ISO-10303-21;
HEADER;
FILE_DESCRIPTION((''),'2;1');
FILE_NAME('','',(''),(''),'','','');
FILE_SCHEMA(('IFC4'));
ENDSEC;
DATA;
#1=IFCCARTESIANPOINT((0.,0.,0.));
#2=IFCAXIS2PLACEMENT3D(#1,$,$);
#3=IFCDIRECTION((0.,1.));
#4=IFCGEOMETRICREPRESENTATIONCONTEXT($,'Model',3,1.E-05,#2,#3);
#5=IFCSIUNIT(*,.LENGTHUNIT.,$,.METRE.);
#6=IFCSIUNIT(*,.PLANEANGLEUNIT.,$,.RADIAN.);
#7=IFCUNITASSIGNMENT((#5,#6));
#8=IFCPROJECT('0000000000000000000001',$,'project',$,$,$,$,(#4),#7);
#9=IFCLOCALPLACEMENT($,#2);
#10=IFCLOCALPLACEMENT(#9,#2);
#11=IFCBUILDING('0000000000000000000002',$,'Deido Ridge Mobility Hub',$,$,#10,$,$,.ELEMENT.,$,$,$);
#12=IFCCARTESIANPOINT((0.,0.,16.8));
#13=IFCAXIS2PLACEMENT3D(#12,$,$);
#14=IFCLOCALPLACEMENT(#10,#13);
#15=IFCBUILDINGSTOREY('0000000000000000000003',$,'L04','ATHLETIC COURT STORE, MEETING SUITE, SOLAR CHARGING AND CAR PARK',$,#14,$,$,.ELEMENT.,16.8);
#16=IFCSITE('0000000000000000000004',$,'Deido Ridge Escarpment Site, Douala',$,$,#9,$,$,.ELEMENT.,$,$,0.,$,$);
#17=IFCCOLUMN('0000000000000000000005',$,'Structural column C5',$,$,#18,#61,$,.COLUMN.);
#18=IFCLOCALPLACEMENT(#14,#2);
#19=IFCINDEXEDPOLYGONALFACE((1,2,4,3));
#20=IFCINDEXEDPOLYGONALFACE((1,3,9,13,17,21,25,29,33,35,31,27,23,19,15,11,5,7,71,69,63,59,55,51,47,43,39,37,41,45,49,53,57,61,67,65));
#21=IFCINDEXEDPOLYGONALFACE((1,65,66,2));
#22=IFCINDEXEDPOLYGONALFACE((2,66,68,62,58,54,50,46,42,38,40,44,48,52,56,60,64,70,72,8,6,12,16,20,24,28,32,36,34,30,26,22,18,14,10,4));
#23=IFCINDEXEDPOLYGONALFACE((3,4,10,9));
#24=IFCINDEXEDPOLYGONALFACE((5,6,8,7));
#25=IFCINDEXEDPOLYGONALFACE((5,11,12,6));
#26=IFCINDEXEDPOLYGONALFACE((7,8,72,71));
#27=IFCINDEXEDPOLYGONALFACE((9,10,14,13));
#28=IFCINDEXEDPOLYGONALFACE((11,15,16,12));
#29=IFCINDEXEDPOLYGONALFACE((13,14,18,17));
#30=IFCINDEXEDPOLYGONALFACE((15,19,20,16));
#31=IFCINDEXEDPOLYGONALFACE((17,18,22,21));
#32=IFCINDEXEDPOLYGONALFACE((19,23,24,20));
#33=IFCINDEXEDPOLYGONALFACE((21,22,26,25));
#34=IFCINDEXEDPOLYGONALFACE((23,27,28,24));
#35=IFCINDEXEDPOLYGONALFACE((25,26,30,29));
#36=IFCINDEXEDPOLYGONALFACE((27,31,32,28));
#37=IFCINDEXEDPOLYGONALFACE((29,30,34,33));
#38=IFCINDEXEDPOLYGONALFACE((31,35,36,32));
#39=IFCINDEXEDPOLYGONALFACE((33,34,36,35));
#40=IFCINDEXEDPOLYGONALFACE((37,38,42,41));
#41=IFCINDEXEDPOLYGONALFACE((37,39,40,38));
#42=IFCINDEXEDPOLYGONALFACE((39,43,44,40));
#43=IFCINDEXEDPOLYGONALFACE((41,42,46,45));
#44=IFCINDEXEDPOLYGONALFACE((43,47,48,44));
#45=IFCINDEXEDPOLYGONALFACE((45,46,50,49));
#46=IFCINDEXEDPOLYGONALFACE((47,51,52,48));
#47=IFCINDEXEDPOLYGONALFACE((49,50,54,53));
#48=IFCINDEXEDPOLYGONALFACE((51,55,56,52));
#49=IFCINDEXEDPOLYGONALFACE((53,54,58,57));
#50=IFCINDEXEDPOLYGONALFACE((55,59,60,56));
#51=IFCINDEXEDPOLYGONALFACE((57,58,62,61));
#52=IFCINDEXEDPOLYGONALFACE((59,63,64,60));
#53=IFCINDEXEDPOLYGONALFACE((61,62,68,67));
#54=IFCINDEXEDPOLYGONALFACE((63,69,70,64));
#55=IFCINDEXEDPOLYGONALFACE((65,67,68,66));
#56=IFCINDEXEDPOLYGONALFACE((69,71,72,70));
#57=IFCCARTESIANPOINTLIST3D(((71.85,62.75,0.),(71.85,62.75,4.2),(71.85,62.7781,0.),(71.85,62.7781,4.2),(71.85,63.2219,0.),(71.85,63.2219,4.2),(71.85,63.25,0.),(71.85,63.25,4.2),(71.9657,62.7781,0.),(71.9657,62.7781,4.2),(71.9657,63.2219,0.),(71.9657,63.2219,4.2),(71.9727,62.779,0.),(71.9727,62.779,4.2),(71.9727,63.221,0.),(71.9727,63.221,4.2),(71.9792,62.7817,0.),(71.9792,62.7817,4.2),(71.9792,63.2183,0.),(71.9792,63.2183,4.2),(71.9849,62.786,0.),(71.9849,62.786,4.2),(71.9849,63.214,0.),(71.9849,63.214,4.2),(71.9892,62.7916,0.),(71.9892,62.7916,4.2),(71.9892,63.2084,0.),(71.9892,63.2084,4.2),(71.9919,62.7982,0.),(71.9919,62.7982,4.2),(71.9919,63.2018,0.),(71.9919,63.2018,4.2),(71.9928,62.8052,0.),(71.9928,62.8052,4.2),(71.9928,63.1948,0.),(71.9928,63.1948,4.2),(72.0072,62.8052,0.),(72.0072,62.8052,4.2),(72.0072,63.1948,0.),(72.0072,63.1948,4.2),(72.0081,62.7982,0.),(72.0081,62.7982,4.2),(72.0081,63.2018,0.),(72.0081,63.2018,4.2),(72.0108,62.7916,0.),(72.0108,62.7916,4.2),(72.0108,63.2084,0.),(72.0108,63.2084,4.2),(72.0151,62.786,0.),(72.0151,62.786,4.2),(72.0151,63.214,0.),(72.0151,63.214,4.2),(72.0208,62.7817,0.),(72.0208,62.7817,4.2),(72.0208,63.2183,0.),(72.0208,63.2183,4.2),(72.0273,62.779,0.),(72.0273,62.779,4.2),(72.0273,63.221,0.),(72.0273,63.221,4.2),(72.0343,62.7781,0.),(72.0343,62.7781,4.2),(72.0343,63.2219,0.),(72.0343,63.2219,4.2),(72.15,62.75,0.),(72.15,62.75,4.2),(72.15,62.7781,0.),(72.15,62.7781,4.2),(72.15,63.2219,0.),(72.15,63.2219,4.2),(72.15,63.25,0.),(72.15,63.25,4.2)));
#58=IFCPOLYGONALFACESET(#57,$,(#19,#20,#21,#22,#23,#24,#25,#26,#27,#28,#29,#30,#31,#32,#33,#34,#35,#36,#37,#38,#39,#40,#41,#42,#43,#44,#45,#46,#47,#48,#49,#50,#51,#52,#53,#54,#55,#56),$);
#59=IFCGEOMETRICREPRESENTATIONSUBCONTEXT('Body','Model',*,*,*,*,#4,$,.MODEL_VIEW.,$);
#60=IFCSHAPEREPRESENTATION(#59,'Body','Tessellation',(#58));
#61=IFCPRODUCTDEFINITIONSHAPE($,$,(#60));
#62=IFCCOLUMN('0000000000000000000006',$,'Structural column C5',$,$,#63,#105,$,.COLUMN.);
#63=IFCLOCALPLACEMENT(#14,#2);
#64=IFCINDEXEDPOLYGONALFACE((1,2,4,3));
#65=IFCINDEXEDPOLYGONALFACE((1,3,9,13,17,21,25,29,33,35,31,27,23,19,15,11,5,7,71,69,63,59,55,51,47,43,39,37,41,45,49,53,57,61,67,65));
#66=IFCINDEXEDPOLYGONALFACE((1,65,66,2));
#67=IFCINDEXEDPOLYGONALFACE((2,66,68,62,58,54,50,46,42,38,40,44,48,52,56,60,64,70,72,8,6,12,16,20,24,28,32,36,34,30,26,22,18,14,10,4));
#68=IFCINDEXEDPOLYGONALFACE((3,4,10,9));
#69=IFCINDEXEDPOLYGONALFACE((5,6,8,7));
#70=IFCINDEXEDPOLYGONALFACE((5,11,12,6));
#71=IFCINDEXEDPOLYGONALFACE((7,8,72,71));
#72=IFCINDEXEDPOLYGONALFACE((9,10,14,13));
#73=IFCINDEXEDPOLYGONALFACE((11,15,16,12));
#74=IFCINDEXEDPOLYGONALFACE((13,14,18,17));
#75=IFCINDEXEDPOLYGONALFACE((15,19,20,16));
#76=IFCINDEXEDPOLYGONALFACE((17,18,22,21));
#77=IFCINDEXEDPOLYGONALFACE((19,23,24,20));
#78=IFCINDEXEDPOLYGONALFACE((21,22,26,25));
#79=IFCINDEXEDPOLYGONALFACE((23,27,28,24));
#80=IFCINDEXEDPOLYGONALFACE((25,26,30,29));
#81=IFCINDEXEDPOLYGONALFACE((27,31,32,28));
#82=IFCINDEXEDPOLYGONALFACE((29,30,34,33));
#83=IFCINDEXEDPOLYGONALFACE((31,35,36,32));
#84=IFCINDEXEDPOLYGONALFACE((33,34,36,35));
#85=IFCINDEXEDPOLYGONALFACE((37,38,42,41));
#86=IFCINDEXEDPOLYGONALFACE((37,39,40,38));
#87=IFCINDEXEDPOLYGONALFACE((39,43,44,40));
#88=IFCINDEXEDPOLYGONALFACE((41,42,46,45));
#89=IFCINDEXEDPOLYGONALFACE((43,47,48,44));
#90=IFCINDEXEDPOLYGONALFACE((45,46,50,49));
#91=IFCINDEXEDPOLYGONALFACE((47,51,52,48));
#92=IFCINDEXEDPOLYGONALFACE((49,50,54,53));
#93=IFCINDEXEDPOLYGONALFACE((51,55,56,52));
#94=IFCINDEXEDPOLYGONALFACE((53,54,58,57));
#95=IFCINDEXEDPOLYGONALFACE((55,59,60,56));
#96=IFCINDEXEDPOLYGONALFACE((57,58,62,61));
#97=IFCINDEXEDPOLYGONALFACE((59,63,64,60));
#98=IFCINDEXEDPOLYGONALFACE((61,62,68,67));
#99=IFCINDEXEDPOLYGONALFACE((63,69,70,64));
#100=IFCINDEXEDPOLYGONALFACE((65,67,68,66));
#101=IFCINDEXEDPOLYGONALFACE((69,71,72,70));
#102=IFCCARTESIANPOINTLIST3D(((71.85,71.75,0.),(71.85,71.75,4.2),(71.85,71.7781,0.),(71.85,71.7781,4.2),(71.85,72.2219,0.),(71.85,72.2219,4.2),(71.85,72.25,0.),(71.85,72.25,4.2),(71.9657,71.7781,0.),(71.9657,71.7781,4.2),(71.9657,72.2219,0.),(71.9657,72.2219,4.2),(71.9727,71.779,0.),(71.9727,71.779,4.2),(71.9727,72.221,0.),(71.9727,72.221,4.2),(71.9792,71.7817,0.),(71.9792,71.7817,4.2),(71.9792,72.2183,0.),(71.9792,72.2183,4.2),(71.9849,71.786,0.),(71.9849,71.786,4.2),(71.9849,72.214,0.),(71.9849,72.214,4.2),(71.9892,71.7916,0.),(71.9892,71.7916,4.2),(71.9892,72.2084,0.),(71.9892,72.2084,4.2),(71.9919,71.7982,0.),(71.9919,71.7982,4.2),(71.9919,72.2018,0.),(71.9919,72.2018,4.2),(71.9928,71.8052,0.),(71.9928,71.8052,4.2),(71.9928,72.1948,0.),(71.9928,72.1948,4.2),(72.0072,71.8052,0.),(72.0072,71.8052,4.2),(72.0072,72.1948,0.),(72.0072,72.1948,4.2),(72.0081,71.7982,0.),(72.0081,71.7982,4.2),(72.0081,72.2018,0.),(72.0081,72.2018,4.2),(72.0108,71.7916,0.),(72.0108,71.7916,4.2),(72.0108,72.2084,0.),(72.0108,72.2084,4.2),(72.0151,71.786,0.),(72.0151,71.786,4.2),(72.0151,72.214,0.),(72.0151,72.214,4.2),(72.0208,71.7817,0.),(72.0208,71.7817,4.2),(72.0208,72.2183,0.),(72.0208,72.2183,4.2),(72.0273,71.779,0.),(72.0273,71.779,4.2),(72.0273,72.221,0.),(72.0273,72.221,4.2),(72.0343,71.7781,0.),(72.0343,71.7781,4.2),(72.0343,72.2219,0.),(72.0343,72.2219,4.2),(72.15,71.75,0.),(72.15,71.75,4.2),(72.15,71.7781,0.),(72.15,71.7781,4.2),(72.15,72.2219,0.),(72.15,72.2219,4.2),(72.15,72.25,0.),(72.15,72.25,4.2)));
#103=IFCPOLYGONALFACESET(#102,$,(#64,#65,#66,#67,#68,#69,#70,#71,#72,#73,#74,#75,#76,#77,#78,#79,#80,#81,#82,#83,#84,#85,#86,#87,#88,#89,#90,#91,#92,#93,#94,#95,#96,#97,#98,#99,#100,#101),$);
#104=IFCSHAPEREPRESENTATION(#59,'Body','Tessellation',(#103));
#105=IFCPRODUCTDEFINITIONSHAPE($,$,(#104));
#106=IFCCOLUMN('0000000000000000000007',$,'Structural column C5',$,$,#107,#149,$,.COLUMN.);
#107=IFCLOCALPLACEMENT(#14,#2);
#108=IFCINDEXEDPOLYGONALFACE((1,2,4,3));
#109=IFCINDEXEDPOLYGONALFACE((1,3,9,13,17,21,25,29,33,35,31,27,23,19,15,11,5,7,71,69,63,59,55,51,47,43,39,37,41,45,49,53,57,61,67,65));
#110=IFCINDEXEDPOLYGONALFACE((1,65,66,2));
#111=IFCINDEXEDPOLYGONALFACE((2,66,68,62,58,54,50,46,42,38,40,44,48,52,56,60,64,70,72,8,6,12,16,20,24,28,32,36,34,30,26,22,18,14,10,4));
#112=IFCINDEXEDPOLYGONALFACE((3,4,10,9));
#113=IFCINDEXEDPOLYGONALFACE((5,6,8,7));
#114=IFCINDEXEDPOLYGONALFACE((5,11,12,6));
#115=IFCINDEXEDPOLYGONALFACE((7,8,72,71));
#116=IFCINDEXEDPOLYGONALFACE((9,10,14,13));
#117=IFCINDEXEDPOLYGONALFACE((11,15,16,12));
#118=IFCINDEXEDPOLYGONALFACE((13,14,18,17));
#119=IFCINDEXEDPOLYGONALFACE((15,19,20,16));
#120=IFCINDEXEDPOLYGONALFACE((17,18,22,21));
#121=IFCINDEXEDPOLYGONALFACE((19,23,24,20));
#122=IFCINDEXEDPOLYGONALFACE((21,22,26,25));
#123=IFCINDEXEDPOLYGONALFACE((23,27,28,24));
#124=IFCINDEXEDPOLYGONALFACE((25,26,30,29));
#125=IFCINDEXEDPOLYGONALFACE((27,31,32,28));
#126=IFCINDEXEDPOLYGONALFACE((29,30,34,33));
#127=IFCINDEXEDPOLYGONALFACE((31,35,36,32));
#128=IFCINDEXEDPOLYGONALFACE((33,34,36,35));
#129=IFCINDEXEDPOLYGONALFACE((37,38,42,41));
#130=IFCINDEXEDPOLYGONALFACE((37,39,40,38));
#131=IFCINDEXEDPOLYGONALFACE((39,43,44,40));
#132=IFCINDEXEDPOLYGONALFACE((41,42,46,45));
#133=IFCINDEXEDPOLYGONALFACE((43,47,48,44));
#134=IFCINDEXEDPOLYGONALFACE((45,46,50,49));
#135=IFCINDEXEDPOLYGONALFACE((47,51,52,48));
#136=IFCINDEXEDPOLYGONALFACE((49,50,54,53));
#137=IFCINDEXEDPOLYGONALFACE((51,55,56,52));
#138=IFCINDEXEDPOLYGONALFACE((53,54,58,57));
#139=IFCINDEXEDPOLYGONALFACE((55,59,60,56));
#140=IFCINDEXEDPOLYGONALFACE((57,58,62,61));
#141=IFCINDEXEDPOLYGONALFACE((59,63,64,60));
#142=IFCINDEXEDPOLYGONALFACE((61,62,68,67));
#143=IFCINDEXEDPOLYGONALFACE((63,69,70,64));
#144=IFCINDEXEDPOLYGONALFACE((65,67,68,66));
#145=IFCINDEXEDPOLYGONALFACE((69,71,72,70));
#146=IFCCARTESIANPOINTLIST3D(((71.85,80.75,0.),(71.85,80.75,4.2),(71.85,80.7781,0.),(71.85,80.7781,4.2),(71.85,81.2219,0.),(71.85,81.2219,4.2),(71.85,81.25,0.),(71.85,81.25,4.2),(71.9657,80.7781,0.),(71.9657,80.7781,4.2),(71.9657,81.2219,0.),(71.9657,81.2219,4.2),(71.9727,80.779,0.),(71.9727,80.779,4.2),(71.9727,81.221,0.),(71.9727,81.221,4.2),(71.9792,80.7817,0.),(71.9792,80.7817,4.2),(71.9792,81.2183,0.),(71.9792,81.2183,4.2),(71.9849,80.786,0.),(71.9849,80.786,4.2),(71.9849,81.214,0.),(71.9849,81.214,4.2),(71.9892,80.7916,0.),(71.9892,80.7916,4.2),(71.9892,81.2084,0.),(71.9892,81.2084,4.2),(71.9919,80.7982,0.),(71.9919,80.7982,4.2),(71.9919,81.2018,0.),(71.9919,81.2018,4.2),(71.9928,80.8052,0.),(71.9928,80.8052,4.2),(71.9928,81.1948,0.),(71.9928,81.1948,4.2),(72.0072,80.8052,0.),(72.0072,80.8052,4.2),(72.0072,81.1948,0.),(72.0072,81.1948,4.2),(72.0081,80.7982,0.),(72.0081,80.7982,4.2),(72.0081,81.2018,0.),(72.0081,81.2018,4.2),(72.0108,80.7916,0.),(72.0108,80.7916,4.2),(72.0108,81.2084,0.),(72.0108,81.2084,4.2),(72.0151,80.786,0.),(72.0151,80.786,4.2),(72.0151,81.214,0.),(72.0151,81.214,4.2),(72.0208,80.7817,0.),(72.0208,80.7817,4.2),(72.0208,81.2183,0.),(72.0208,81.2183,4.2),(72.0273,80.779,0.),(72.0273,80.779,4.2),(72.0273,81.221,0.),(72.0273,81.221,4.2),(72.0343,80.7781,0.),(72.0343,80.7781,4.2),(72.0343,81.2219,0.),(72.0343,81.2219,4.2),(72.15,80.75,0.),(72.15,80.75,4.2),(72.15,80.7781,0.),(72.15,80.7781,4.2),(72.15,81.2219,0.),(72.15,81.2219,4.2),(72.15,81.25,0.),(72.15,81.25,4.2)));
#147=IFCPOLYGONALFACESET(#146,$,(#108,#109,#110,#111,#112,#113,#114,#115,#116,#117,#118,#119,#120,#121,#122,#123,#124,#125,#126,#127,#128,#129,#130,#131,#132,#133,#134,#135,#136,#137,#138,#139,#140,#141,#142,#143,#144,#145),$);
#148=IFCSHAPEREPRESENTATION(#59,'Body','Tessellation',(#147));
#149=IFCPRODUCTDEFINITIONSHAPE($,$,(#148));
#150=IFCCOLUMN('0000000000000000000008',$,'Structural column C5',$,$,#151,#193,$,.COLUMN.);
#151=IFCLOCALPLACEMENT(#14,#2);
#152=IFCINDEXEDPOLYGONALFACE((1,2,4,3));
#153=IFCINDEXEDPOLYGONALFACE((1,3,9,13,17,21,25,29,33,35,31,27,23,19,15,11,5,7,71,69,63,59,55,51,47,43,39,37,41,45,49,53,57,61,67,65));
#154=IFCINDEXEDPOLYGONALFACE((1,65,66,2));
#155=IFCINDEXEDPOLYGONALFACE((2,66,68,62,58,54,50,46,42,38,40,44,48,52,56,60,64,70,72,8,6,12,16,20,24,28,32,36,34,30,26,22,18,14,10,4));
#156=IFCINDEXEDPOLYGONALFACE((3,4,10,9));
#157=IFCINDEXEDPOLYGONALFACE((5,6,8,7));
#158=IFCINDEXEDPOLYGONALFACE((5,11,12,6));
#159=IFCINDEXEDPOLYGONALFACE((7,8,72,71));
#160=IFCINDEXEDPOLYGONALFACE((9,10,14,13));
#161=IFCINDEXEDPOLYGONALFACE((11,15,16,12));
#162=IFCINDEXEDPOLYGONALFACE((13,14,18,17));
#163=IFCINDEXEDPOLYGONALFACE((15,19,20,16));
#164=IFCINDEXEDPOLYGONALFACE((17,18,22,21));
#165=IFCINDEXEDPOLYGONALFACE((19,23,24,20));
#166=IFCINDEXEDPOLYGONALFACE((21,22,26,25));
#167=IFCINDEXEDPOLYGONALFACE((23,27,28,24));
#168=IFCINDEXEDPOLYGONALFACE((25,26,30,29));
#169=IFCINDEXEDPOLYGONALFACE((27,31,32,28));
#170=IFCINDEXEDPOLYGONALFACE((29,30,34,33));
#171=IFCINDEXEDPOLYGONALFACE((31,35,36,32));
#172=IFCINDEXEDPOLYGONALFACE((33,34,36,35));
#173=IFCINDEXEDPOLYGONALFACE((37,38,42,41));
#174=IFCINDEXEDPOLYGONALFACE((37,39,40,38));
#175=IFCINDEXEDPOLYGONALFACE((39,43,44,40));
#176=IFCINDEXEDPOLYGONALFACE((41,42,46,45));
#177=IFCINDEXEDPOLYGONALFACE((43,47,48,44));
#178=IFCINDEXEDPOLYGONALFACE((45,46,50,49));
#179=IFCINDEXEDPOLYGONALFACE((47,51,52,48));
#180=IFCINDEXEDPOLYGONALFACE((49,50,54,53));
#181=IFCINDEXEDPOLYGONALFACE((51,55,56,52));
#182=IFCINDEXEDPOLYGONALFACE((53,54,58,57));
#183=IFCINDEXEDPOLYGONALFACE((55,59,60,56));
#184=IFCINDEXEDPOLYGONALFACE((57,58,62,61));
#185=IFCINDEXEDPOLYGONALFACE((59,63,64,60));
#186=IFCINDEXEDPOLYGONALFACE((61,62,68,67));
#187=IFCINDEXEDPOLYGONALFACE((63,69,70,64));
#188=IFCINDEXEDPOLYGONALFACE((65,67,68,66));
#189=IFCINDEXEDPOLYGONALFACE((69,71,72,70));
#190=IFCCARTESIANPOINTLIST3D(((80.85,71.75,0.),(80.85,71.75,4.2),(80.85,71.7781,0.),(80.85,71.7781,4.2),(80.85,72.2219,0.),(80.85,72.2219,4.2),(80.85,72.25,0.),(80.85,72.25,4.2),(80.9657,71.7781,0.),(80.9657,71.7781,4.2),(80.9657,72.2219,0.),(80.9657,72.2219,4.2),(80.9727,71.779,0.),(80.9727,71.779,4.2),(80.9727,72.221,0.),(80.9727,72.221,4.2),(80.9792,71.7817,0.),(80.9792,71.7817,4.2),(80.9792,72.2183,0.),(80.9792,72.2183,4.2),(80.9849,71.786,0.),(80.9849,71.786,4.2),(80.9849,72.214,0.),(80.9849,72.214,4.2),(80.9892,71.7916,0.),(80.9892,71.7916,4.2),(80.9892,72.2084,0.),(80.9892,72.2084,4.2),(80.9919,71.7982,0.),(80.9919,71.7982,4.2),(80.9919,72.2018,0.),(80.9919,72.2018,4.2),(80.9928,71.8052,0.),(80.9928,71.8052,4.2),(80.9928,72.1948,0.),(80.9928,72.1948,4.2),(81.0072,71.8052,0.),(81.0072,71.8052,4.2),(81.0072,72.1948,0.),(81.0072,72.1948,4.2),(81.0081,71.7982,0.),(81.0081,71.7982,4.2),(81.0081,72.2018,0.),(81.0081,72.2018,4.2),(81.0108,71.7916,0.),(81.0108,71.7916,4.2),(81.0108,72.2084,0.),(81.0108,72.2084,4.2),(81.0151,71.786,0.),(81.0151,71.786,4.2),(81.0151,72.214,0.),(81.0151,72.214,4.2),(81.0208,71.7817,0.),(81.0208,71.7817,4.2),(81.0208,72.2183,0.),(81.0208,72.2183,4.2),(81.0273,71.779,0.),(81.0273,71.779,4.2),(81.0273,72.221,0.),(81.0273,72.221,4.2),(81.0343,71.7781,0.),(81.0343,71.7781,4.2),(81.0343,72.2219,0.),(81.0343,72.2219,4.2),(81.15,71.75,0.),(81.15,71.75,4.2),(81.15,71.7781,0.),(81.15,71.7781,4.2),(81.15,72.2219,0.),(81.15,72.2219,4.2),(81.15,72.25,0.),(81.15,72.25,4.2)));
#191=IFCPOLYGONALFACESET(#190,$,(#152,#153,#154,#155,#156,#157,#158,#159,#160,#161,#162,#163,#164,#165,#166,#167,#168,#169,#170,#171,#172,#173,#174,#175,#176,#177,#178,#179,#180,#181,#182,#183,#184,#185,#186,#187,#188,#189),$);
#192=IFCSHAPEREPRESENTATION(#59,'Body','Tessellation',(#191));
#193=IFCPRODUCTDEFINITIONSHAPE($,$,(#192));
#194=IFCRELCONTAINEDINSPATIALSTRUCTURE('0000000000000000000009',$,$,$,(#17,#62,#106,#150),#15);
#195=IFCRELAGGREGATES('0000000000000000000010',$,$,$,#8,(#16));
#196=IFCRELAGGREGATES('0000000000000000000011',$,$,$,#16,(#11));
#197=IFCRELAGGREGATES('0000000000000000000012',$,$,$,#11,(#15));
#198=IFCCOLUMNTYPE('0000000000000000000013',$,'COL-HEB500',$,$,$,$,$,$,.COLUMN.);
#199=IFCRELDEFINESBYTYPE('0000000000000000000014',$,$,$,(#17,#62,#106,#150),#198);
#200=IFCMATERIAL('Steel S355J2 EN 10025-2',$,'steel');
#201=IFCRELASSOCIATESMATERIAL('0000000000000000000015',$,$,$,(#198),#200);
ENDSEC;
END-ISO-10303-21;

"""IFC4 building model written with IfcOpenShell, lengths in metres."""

from ifc_helpers import new_model, si_unit, direction, frame, origin, origin_2d, place, context, subcontext, project, spatial, i_section, extrude, material, material_profile, profile_set, type_object, element, save


model = new_model("IFC4")

# Units and contexts
model_context = context("Model", 3, precision=1e-05, world=origin(), true_north=direction((0.0, 1.0)))
body_context = subcontext(model_context, "Body", "Model", "MODEL_VIEW")
ifc_project = project(units=[si_unit("LENGTHUNIT", "METRE"), si_unit("PLANEANGLEUNIT", "RADIAN")], contexts=[model_context])

# Site, building, storey
site_placement = place(None, origin())
site = spatial("IfcSite", under=ifc_project, at=site_placement, Name="Deido Ridge Escarpment Site, Douala", CompositionType="ELEMENT", RefElevation=0.0)
building_placement = place(site_placement, origin())
building = spatial("IfcBuilding", under=site, at=building_placement, Name="Deido Ridge Mobility Hub", CompositionType="ELEMENT")
storey_placement = place(building_placement, frame((0.0, 0.0, 16.8)))
storey = spatial("IfcBuildingStorey", under=building, at=storey_placement, Name="L04", Description="ATHLETIC COURT STORE, MEETING SUITE, SOLAR CHARGING AND CAR PARK", CompositionType="ELEMENT", Elevation=16.8)

# Columns
ifc_material_1 = material(Name="Steel S355J2 EN 10025-2", Category="steel")
ifc_material_profile_1 = material_profile(ifc_material_1, i_section(OverallWidth=0.3, OverallDepth=0.5, WebThickness=0.0144, FlangeThickness=0.0281, FilletRadius=0.0271, at=origin_2d()), Name="HEB 500")
ifc_profile_set_1 = profile_set([ifc_material_profile_1], Name="Steel S355J2 EN 10025-2")
column_type = type_object("IfcColumnType", Name="COL-HEB500", PredefinedType="COLUMN", material=ifc_profile_set_1)
for number, where, z_axis, x_axis, name in (
    (1, (72.0, 63.0, 0.0), (0.0, 0.0, 1.0), (1.0, 0.0, 0.0), "Structural column C5"),
    (2, (72.0, 72.0, 0.0), (0.0, 0.0, 1.0), (1.0, 0.0, 0.0), "Structural column C5"),
    (3, (72.0, 81.0, 0.0), (0.0, 0.0, 1.0), (1.0, 0.0, 0.0), "Structural column C5"),
    (4, (81.0, 72.0, 0.0), (0.0, 0.0, 1.0), (1.0, 0.0, 0.0), "Structural column C5"),
):
    element("IfcColumn", number, at=place(storey_placement, frame(where, z_axis=z_axis, x_axis=x_axis)), inside=storey, type_object=column_type, Name=name, PredefinedType="COLUMN", context=body_context, shape_type="SweptSolid", body=[
        extrude(i_section(OverallWidth=0.3, OverallDepth=0.5, WebThickness=0.0144, FlangeThickness=0.0281, FilletRadius=0.0271, at=origin_2d()), origin(), (0.0, 0.0, 1.0), 4.2),
    ])

save(model, "model.ifc")
